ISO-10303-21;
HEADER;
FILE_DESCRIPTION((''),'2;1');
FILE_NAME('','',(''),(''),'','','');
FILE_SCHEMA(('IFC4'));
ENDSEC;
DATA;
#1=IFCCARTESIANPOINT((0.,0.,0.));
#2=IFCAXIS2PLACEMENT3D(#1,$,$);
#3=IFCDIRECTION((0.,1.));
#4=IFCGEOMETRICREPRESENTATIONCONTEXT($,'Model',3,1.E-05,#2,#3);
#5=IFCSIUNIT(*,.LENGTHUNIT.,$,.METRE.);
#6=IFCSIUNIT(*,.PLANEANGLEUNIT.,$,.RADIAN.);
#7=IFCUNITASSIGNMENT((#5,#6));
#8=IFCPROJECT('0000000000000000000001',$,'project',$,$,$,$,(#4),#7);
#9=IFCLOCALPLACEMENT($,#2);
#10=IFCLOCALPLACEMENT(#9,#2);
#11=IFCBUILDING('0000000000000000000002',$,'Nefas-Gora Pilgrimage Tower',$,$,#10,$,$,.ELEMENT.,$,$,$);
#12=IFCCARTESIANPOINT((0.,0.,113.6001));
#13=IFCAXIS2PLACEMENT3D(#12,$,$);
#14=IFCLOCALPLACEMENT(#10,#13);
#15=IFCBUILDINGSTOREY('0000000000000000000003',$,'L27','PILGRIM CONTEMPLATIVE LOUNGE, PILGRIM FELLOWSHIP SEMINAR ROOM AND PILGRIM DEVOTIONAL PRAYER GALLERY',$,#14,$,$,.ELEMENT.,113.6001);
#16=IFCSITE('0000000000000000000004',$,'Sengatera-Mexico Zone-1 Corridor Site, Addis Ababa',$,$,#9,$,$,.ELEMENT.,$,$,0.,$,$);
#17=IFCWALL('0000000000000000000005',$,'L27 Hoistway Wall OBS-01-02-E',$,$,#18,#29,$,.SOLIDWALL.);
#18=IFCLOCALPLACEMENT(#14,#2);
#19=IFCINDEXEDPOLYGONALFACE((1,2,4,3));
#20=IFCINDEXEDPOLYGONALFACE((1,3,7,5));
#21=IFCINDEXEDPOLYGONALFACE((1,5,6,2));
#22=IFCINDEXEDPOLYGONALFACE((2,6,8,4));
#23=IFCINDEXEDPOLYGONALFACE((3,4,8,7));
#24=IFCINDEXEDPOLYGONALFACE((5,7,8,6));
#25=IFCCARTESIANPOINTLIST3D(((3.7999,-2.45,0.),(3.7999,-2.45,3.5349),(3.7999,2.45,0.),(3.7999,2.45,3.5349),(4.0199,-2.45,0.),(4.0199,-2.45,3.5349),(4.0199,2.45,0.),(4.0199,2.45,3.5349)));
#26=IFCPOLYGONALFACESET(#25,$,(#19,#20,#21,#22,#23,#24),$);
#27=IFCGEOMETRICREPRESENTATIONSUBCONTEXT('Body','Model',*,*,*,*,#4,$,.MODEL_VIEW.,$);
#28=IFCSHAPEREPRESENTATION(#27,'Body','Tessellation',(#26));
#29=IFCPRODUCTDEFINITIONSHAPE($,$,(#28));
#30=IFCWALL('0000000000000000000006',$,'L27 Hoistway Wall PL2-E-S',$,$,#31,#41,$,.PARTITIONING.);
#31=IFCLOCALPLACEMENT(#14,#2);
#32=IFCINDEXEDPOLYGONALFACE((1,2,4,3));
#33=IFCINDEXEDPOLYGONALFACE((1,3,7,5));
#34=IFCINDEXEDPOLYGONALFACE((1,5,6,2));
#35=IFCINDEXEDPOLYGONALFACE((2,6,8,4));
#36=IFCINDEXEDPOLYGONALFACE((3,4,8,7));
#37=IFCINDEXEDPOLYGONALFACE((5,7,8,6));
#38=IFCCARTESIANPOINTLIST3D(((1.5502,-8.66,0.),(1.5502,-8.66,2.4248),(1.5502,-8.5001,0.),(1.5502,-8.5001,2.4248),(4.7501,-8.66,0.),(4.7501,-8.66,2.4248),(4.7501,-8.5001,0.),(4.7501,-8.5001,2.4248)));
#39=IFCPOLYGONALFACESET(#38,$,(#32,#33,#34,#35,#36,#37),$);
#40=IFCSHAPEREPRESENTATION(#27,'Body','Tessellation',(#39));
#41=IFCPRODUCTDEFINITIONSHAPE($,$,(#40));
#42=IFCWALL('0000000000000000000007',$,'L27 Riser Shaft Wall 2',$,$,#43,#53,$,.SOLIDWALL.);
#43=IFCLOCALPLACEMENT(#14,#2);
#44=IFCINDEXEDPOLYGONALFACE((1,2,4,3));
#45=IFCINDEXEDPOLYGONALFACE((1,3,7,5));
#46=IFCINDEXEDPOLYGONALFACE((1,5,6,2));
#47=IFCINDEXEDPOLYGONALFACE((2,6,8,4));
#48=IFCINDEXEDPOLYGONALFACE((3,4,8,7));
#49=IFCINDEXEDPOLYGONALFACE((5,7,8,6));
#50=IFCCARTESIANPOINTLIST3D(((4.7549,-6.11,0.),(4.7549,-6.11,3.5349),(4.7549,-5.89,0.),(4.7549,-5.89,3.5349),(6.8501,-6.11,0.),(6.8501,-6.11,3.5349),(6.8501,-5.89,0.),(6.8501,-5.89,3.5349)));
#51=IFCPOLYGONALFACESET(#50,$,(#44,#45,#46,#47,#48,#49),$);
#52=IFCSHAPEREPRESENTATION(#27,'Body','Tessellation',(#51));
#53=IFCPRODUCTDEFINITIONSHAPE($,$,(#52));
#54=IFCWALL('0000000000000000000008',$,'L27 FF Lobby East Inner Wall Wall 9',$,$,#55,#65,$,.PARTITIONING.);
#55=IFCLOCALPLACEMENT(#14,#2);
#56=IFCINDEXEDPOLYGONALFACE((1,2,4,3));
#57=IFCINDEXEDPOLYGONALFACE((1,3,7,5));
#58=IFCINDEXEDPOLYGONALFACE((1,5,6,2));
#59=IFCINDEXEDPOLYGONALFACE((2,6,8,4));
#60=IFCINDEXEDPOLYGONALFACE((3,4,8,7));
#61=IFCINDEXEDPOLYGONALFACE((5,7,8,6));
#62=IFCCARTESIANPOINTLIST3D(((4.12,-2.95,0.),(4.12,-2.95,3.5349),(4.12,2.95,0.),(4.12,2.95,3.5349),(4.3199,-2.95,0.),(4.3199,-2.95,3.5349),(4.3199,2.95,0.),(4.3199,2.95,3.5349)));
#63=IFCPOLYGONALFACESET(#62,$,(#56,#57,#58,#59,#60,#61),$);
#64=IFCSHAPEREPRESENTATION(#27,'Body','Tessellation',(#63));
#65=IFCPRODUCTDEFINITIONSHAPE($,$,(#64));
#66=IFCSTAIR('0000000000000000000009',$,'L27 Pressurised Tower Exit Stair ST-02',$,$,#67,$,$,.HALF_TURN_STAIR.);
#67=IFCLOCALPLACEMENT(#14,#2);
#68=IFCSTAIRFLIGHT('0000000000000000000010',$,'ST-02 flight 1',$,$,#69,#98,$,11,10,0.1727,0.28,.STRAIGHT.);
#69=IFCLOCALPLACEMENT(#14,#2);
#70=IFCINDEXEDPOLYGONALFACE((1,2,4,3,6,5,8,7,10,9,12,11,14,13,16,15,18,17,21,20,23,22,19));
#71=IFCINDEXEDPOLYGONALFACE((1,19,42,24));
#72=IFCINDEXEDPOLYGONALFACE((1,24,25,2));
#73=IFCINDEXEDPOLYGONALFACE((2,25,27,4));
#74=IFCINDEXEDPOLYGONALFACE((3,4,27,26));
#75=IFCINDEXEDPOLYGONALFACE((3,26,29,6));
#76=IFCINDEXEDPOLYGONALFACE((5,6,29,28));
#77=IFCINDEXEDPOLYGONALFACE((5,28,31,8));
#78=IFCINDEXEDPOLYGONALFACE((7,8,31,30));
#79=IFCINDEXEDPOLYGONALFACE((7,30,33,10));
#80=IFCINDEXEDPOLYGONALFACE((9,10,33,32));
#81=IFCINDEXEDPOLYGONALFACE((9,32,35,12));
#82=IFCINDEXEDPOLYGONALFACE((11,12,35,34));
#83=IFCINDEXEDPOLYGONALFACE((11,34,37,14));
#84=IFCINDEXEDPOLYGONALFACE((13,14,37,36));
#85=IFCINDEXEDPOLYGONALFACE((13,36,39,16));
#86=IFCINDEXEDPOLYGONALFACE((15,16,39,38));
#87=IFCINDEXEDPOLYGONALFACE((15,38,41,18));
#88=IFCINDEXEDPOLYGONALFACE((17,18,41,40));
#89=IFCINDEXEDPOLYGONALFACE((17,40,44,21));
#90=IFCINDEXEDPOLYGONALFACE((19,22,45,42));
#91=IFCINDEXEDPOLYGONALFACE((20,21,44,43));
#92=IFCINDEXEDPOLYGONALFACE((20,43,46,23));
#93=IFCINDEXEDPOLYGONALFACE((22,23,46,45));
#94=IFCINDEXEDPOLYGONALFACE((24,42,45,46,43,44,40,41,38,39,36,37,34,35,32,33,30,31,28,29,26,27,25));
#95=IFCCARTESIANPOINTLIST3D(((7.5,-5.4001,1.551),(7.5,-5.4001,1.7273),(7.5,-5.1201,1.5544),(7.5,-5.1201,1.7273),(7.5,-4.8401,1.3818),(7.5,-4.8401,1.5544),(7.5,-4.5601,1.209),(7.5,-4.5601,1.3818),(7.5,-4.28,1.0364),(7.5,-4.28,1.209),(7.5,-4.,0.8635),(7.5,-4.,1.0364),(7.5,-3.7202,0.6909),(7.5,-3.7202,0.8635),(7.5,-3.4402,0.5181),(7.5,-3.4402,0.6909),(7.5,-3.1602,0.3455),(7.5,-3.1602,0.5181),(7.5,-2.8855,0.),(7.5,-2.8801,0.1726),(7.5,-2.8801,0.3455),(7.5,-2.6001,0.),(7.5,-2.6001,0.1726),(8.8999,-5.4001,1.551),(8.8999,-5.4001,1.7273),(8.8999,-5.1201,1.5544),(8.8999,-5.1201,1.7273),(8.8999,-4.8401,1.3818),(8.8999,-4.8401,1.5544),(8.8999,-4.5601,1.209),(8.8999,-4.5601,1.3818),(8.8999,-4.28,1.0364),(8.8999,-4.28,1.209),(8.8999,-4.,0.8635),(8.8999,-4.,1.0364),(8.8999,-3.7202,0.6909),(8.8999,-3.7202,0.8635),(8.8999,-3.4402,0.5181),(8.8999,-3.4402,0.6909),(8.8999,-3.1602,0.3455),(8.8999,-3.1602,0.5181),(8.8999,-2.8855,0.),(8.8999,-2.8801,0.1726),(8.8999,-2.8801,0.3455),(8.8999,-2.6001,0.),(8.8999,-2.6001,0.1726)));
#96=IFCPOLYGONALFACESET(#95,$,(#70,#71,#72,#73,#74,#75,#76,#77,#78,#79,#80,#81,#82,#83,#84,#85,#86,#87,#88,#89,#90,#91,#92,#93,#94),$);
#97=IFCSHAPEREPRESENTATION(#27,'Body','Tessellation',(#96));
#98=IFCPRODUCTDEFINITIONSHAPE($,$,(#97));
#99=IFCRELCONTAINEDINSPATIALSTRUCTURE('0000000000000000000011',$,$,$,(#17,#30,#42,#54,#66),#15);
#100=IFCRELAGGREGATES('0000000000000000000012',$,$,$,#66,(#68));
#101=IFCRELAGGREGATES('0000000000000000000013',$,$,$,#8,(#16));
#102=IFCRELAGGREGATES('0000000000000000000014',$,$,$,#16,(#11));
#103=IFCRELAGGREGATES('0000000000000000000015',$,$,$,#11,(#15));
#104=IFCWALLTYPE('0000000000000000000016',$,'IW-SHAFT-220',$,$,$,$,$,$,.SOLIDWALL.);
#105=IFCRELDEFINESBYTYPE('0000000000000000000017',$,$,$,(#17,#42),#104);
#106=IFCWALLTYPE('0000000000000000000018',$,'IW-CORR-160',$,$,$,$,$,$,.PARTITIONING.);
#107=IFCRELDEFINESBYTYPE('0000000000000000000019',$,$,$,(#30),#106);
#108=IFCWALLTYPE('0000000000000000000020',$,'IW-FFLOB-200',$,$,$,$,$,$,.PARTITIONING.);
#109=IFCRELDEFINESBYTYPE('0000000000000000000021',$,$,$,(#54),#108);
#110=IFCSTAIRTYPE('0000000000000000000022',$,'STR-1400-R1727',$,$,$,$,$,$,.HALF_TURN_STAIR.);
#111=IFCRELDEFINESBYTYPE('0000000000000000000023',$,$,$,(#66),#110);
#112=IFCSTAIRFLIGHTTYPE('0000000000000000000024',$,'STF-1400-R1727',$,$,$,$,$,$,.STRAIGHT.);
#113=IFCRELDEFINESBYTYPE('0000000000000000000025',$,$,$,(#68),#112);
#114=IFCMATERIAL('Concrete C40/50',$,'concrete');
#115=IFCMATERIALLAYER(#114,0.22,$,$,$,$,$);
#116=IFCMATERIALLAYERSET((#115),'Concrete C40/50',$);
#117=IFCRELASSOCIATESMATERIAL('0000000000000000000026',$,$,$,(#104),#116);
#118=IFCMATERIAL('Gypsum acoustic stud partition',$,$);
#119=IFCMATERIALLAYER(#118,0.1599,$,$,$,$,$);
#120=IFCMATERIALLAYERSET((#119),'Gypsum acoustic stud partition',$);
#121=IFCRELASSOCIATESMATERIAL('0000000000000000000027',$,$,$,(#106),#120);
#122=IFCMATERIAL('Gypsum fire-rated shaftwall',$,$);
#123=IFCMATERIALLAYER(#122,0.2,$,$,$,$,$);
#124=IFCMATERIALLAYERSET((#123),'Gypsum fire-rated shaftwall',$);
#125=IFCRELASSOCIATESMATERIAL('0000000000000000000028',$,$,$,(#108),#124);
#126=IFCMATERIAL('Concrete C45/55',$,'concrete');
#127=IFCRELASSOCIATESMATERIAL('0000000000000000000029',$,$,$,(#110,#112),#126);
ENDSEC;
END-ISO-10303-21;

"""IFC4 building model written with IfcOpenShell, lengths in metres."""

from ifc_helpers import new_model, si_unit, direction, frame, frame_2d, origin, place, context, subcontext, project, spatial, polyline, rectangle, outline, extrude, source, transform, mapped, material, layer, layer_set, type_object, element, aggregate, save


model = new_model("IFC4")

# Units and contexts
model_context = context("Model", 3, precision=1e-05, world=origin(), true_north=direction((0.0, 1.0)))
body_context = subcontext(model_context, "Body", "Model", "MODEL_VIEW")
ifc_project = project(units=[si_unit("LENGTHUNIT", "METRE"), si_unit("PLANEANGLEUNIT", "RADIAN")], contexts=[model_context])

# Site, building, storey
site_placement = place(None, origin())
site = spatial("IfcSite", under=ifc_project, at=site_placement, Name="Sengatera-Mexico Zone-1 Corridor Site, Addis Ababa", CompositionType="ELEMENT", RefElevation=0.0)
building_placement = place(site_placement, origin())
building = spatial("IfcBuilding", under=site, at=building_placement, Name="Nefas-Gora Pilgrimage Tower", CompositionType="ELEMENT")
storey_placement = place(building_placement, frame((0.0, 0.0, 113.6001)))
storey = spatial("IfcBuildingStorey", under=building, at=storey_placement, Name="L27", Description="PILGRIM CONTEMPLATIVE LOUNGE, PILGRIM FELLOWSHIP SEMINAR ROOM AND PILGRIM DEVOTIONAL PRAYER GALLERY", CompositionType="ELEMENT", Elevation=113.6001)

# Shared definitions
ifc_material_1 = material(Name="Concrete C45/55", Category="concrete")

# Shared definitions
ifc_material_2 = material(Name="Concrete C40/50", Category="concrete")
ifc_layer_1 = layer(ifc_material_2, 0.22)
ifc_layer_set_1 = layer_set([ifc_layer_1], Name="Concrete C40/50")
wall_type_1 = type_object("IfcWallType", Name="IW-SHAFT-220", PredefinedType="SOLIDWALL", material=ifc_layer_set_1)

# Walls
shared_shape_1 = source(origin(), body_context, "Body", "SweptSolid", [
    extrude(rectangle(XDim=4.8999, YDim=0.22, at=frame_2d((2.45, 0.0))), origin(), (0.0, 0.0, 1.0), 3.5349),
])
wall_1_placement = place(storey_placement, frame((3.9099, -2.45, 0.0), z_axis=(0.0, 0.0, 1.0), x_axis=(0.0, 1.0, 0.0)))
element("IfcWall", 1, at=wall_1_placement, inside=storey, type_object=wall_type_1, Name="L27 Hoistway Wall OBS-01-02-E", PredefinedType="SOLIDWALL", context=body_context, shape_type="MappedRepresentation", body=[
    mapped(shared_shape_1, transform((0.0, 0.0, 0.0), x_axis=(1.0, 0.0, 0.0), y_axis=(0.0, 1.0, 0.0), z_axis=(0.0, 0.0, 1.0), scale=1.0)),
])
ifc_material_3 = material(Name="Gypsum acoustic stud partition")
ifc_layer_2 = layer(ifc_material_3, 0.1599)
ifc_layer_set_2 = layer_set([ifc_layer_2], Name="Gypsum acoustic stud partition")
wall_type_2 = type_object("IfcWallType", Name="IW-CORR-160", PredefinedType="PARTITIONING", material=ifc_layer_set_2)
shared_shape_2 = source(origin(), body_context, "Body", "SweptSolid", [
    extrude(rectangle(XDim=3.2, YDim=0.1599, at=frame_2d((1.6001, 0.0))), origin(), (0.0, 0.0, 1.0), 2.4248),
])
wall_2_placement = place(storey_placement, frame((1.55, -8.5801, 0.0), z_axis=(0.0, 0.0, 1.0), x_axis=(1.0, 0.0, 0.0)))
element("IfcWall", 2, at=wall_2_placement, inside=storey, type_object=wall_type_2, Name="L27 Hoistway Wall PL2-E-S", PredefinedType="PARTITIONING", context=body_context, shape_type="MappedRepresentation", body=[
    mapped(shared_shape_2, transform((0.0, 0.0, 0.0), x_axis=(1.0, 0.0, 0.0), y_axis=(0.0, 1.0, 0.0), z_axis=(0.0, 0.0, 1.0), scale=1.0)),
])
shared_shape_3 = source(origin(), body_context, "Body", "SweptSolid", [
    extrude(rectangle(XDim=2.0952, YDim=0.22, at=frame_2d((1.0476, 0.0))), origin(), (0.0, 0.0, 1.0), 3.5349),
])
wall_3_placement = place(storey_placement, frame((4.7549, -6.0, 0.0), z_axis=(0.0, 0.0, 1.0), x_axis=(1.0, 0.0, 0.0)))
element("IfcWall", 3, at=wall_3_placement, inside=storey, type_object=wall_type_1, Name="L27 Riser Shaft Wall 2", PredefinedType="SOLIDWALL", context=body_context, shape_type="MappedRepresentation", body=[
    mapped(shared_shape_3, transform((0.0, 0.0, 0.0), x_axis=(1.0, 0.0, 0.0), y_axis=(0.0, 1.0, 0.0), z_axis=(0.0, 0.0, 1.0), scale=1.0)),
])
ifc_material_4 = material(Name="Gypsum fire-rated shaftwall")
ifc_layer_3 = layer(ifc_material_4, 0.2)
ifc_layer_set_3 = layer_set([ifc_layer_3], Name="Gypsum fire-rated shaftwall")
wall_type_3 = type_object("IfcWallType", Name="IW-FFLOB-200", PredefinedType="PARTITIONING", material=ifc_layer_set_3)
shared_shape_4 = source(origin(), body_context, "Body", "SweptSolid", [
    extrude(rectangle(XDim=5.8999, YDim=0.2, at=frame_2d((2.95, 0.0))), origin(), (0.0, 0.0, 1.0), 3.5349),
])
wall_4_placement = place(storey_placement, frame((4.22, -2.95, 0.0), z_axis=(0.0, 0.0, 1.0), x_axis=(0.0, 1.0, 0.0)))
element("IfcWall", 4, at=wall_4_placement, inside=storey, type_object=wall_type_3, Name="L27 FF Lobby East Inner Wall Wall 9", PredefinedType="PARTITIONING", context=body_context, shape_type="MappedRepresentation", body=[
    mapped(shared_shape_4, transform((0.0, 0.0, 0.0), x_axis=(1.0, 0.0, 0.0), y_axis=(0.0, 1.0, 0.0), z_axis=(0.0, 0.0, 1.0), scale=1.0)),
])

# Stair, stair flight
stair_type = type_object("IfcStairType", Name="STR-1400-R1727", PredefinedType="HALF_TURN_STAIR", material=ifc_material_1)
stair_placement = place(storey_placement, origin())
stair = element("IfcStair", 5, at=stair_placement, inside=storey, type_object=stair_type, Name="L27 Pressurised Tower Exit Stair ST-02", PredefinedType="HALF_TURN_STAIR")
stair_flight_type = type_object("IfcStairFlightType", Name="STF-1400-R1727", PredefinedType="STRAIGHT", material=ifc_material_1)
shared_shape_5 = source(origin(), body_context, "Body", "SweptSolid", [
    extrude(outline(polyline([(0.0, 0.0), (0.0, 0.1726), (0.28, 0.1726), (0.28, 0.3455), (0.5601, 0.3455), (0.5601, 0.5181), (0.8401, 0.5181), (0.8401, 0.6909), (1.1201, 0.6909), (1.1201, 0.8635), (1.3999, 0.8635), (1.3999, 1.0364), (1.6799, 1.0364), (1.6799, 1.209), (1.96, 1.209), (1.96, 1.3818), (2.24, 1.3818), (2.24, 1.5544), (2.52, 1.5544), (2.52, 1.7273), (2.8, 1.7273), (2.8, 1.8999), (2.8, 1.551), (0.2854, 0.0), (0.0, 0.0)])), frame((0.0, 0.7, 0.0), z_axis=(0.0, -1.0, 0.0), x_axis=(1.0, 0.0, 0.0)), (0.0, 0.0, 1.0), 1.3999),
])
stair_flight_placement = place(storey_placement, frame((8.2, -2.6001, 0.0), z_axis=(0.0, 0.0, 1.0), x_axis=(0.0, -1.0, 0.0)))
stair_flight = element("IfcStairFlight", 6, at=stair_flight_placement, type_object=stair_flight_type, Name="ST-02 flight 1", NumberOfRisers=11, NumberOfTreads=10, PredefinedType="STRAIGHT", RiserHeight=0.1727, TreadLength=0.28, context=body_context, shape_type="MappedRepresentation", body=[
    mapped(shared_shape_5, transform((0.0, 0.0, 0.0), x_axis=(1.0, 0.0, 0.0), y_axis=(0.0, 1.0, 0.0), z_axis=(0.0, 0.0, 1.0), scale=1.0)),
])
aggregate(stair, [stair_flight])

save(model, "model.ifc")
